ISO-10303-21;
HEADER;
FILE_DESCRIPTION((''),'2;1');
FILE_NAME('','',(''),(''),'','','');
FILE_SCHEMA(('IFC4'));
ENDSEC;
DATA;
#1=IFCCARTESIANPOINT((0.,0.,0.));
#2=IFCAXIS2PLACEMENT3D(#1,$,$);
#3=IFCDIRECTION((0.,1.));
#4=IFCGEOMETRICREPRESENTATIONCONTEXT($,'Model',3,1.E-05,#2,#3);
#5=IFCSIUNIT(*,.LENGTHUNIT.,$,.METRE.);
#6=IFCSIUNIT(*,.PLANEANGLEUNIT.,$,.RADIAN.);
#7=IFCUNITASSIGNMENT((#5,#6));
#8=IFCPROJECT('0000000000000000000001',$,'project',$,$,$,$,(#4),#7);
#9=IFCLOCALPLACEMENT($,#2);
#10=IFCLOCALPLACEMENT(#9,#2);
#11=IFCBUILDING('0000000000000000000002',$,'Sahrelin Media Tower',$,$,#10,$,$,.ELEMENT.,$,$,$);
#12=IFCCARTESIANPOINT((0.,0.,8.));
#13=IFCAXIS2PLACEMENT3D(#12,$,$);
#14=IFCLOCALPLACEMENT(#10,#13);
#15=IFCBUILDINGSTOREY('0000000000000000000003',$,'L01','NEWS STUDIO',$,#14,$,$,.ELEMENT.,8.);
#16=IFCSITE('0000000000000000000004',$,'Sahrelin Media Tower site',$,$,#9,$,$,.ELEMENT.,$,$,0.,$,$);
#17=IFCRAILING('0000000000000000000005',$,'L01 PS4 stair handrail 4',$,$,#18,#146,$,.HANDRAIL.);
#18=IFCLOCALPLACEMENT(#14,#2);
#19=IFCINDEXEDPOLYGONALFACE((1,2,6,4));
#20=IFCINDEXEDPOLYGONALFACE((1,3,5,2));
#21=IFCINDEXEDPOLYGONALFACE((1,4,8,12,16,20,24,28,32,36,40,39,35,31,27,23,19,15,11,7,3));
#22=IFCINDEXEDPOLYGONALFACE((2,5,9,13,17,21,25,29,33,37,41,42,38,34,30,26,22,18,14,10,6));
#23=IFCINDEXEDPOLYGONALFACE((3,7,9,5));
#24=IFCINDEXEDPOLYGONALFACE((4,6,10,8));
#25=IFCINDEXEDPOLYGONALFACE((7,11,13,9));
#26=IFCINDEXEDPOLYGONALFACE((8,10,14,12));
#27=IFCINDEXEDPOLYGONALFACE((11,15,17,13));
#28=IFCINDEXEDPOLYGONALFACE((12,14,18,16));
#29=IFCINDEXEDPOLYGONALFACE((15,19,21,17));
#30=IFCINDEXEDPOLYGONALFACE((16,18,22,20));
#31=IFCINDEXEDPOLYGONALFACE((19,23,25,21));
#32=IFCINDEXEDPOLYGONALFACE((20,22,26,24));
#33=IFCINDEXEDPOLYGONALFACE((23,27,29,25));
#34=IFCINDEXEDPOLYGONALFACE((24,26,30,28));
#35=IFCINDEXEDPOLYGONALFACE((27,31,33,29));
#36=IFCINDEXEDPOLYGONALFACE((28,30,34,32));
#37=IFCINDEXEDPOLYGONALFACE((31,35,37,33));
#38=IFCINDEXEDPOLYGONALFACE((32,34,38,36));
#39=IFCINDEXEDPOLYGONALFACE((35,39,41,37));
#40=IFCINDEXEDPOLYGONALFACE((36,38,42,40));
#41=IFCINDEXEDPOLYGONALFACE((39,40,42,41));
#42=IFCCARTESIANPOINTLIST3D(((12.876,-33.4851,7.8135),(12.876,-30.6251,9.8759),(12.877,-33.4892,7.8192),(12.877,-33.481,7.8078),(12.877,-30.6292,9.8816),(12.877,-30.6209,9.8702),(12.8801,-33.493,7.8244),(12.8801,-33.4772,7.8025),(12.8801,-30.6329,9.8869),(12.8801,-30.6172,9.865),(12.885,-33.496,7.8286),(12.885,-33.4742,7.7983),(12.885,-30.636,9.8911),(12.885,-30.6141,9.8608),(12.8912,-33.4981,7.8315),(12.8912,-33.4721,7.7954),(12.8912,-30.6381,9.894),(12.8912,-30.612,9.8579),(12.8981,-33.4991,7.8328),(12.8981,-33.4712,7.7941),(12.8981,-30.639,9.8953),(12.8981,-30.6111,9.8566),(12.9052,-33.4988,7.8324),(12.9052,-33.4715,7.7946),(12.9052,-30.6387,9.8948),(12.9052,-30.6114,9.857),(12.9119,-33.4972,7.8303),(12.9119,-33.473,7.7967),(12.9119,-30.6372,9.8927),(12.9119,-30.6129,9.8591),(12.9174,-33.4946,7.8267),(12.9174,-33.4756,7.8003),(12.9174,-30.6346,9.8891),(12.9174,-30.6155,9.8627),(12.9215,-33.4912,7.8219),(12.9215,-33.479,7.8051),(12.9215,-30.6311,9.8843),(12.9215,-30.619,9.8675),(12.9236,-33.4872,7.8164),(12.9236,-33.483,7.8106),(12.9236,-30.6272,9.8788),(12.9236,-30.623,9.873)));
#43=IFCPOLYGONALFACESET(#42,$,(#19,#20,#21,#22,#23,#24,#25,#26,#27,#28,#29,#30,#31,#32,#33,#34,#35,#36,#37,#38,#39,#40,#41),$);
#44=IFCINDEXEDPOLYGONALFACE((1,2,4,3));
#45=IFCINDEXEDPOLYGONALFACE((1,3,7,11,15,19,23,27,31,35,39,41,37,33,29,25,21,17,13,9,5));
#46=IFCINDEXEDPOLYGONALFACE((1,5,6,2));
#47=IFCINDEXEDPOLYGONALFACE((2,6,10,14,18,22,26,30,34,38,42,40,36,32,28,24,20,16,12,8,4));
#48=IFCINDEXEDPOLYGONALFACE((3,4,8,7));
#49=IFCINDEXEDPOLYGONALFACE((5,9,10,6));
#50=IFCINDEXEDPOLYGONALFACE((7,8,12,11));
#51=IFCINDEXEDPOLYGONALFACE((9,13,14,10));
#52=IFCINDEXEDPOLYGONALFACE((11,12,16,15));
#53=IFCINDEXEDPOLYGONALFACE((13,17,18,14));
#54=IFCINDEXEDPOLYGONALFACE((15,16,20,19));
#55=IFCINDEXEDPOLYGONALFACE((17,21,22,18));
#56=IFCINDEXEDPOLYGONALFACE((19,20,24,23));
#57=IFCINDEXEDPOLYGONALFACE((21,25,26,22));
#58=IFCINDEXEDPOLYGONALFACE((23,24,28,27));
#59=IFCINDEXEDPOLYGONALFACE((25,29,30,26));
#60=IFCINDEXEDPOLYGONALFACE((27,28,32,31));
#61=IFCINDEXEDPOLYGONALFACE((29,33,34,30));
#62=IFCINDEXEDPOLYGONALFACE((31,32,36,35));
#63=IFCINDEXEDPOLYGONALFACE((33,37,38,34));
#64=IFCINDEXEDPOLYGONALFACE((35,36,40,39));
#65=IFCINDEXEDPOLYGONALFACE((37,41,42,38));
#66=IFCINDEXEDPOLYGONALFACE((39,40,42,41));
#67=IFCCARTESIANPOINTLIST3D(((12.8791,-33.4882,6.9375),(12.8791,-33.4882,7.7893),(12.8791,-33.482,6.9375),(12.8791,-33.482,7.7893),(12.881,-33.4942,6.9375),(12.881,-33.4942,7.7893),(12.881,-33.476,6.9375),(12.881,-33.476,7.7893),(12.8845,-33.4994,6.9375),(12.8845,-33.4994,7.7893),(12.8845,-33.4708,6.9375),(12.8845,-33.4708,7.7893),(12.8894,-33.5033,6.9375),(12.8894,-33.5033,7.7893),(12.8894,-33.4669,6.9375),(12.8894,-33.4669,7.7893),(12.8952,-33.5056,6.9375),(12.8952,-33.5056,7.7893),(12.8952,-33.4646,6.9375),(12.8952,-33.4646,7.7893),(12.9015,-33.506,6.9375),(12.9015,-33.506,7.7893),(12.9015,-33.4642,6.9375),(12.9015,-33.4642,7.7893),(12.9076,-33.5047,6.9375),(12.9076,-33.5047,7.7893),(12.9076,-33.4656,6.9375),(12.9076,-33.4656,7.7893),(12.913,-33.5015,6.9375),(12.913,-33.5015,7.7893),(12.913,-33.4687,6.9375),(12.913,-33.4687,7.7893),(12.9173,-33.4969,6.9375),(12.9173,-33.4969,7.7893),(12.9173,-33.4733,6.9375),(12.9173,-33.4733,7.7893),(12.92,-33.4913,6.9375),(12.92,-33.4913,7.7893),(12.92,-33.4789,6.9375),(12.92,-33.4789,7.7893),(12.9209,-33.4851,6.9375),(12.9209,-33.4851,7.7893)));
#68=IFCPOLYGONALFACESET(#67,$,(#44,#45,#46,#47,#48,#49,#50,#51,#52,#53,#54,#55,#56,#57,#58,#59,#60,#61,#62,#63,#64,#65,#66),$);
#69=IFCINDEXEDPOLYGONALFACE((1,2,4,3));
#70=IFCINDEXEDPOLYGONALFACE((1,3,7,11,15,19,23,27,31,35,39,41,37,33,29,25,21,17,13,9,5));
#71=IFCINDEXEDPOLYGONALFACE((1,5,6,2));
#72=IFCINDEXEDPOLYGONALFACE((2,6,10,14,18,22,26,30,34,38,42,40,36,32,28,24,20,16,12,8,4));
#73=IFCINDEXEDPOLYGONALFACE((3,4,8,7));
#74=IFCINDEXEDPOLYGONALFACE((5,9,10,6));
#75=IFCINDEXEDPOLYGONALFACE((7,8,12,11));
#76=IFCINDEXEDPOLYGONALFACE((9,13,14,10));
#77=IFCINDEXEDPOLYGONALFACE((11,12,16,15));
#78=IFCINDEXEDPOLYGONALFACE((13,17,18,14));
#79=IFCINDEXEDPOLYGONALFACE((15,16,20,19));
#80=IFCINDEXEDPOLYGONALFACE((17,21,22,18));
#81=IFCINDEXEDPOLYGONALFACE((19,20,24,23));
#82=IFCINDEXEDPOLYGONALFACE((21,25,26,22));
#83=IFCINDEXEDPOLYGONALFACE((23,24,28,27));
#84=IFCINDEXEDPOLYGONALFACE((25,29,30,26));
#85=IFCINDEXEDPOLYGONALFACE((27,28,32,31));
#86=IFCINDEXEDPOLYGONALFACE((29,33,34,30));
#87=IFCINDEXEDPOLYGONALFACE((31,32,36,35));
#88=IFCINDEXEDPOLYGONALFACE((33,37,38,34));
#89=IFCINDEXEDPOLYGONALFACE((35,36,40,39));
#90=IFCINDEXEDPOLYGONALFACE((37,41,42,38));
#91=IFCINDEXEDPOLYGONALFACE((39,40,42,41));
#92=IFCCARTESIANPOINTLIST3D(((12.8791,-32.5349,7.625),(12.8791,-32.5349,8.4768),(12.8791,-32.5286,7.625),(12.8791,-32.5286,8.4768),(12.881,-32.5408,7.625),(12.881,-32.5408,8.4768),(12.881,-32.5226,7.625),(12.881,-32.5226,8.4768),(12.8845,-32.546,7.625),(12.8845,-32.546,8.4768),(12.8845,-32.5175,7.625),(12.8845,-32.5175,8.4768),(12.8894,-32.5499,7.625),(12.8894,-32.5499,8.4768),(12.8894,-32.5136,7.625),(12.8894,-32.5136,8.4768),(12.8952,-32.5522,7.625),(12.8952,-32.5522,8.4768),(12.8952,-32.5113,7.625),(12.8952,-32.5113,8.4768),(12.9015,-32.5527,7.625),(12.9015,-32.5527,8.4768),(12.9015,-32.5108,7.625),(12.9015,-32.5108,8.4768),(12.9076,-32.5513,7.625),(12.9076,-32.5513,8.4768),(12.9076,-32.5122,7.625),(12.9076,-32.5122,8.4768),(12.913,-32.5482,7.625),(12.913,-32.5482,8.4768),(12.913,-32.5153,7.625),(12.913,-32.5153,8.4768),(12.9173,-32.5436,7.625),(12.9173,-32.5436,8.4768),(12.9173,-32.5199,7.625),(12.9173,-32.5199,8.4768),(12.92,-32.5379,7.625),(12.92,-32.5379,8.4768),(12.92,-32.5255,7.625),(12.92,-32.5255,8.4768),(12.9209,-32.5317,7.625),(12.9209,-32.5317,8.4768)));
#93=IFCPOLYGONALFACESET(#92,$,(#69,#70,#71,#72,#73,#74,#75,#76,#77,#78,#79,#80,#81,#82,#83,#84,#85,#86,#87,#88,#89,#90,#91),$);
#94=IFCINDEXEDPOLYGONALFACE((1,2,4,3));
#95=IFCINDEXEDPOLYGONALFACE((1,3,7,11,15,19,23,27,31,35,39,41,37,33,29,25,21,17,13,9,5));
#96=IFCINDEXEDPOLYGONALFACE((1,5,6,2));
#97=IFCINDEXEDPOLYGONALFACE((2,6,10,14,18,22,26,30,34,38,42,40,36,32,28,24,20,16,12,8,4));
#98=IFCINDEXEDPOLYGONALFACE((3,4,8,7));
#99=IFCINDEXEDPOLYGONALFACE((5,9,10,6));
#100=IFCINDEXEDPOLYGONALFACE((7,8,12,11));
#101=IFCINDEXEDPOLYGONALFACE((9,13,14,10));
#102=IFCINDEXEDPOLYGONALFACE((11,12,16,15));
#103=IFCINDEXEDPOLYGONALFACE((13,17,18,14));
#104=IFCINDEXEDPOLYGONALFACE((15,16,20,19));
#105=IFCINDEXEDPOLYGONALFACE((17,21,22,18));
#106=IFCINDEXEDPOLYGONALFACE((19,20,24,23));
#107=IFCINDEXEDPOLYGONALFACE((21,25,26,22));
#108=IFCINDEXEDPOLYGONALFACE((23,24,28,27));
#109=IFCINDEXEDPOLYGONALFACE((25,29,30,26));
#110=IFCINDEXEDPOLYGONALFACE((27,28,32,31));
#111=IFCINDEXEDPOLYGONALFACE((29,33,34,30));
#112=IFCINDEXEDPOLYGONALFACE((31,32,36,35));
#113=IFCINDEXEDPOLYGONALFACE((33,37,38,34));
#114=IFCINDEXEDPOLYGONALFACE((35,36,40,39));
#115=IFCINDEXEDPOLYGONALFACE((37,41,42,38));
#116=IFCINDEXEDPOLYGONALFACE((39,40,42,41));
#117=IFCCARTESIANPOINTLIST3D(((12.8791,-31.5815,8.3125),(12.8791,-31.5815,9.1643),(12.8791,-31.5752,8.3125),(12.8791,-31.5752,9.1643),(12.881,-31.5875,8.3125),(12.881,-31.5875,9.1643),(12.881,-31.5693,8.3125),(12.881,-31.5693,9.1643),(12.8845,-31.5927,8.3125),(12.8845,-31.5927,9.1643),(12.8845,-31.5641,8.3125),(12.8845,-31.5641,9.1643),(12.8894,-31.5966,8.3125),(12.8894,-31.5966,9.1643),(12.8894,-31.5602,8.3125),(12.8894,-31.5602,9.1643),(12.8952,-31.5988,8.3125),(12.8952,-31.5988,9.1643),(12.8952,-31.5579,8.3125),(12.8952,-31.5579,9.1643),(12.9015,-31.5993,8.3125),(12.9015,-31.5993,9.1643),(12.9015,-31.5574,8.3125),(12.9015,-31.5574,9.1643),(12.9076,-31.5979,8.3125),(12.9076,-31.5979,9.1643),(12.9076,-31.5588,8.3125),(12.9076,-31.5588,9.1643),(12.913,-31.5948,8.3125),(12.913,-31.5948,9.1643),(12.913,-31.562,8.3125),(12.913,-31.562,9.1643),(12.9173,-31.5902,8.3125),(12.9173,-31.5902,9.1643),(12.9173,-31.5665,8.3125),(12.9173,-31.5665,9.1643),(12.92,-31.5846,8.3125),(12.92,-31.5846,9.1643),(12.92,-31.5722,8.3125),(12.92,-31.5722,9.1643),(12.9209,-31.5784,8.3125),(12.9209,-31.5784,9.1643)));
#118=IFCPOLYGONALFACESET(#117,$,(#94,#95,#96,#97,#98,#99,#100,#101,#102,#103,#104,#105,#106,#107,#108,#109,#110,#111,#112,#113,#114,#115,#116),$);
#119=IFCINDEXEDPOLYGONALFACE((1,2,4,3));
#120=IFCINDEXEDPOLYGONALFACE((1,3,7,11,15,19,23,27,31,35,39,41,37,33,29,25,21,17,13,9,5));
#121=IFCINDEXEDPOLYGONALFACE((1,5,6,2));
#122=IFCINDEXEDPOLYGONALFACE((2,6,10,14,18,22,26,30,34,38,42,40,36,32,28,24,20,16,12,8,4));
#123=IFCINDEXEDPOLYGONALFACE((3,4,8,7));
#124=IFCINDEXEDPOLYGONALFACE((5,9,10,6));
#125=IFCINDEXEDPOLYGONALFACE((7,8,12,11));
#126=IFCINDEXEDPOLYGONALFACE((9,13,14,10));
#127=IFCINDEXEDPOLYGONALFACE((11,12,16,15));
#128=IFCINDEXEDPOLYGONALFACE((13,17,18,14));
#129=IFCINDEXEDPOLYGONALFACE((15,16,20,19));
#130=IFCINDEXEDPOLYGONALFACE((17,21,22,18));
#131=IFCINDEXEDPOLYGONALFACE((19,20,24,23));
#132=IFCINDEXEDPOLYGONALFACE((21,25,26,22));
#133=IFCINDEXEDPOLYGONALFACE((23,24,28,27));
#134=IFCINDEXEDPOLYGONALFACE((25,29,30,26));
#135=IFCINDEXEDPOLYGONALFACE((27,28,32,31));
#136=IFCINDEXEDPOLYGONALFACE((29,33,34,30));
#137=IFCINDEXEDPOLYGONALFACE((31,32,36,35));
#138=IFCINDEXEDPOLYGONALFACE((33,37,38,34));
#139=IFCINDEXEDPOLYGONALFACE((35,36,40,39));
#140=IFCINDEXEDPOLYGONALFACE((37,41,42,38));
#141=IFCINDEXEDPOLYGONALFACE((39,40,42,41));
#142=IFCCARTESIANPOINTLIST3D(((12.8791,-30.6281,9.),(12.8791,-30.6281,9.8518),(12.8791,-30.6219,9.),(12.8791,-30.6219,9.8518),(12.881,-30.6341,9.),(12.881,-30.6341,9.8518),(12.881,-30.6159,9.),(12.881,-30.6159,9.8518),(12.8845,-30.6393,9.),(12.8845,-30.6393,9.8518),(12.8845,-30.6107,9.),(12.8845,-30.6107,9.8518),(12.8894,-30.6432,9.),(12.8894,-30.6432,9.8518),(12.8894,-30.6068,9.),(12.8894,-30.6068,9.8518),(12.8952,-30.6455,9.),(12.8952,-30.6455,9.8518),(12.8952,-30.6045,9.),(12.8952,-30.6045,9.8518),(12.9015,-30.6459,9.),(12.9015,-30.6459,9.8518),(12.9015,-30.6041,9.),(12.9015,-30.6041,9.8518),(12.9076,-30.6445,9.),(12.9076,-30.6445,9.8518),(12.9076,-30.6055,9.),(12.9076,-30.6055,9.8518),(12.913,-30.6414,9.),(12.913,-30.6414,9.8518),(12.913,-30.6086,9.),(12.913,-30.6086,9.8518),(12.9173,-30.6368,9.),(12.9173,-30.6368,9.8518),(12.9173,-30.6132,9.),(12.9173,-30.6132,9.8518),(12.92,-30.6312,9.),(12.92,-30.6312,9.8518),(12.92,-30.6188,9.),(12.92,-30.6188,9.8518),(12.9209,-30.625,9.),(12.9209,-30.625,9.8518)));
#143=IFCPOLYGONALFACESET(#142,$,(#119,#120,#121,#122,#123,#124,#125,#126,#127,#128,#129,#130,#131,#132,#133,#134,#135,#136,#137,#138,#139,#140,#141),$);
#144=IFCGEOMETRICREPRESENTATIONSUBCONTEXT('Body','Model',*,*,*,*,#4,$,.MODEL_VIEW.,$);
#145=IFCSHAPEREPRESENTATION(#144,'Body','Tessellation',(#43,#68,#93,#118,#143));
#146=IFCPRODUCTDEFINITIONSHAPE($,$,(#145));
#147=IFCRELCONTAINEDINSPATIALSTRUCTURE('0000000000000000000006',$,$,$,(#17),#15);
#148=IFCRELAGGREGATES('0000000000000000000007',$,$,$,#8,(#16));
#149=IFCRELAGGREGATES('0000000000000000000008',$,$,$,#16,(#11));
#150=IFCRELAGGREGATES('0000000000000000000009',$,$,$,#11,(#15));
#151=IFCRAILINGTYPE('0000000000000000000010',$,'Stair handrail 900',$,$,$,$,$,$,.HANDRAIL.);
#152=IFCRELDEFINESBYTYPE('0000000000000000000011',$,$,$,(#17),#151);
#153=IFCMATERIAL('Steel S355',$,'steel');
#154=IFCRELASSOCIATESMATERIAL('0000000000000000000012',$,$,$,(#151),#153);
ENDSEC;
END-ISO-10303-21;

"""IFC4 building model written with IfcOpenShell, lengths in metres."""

from ifc_helpers import new_model, si_unit, direction, frame, origin, origin_2d, place, context, subcontext, project, spatial, circle, extrude, material, type_object, element, save


model = new_model("IFC4")

# Units and contexts
model_context = context("Model", 3, precision=1e-05, world=origin(), true_north=direction((0.0, 1.0)))
body_context = subcontext(model_context, "Body", "Model", "MODEL_VIEW")
ifc_project = project(units=[si_unit("LENGTHUNIT", "METRE"), si_unit("PLANEANGLEUNIT", "RADIAN")], contexts=[model_context])

# Site, building, storey
site_placement = place(None, origin())
site = spatial("IfcSite", under=ifc_project, at=site_placement, Name="Sahrelin Media Tower site", CompositionType="ELEMENT", RefElevation=0.0)
building_placement = place(site_placement, origin())
building = spatial("IfcBuilding", under=site, at=building_placement, Name="Sahrelin Media Tower", CompositionType="ELEMENT")
storey_placement = place(building_placement, frame((0.0, 0.0, 8.0)))
storey = spatial("IfcBuildingStorey", under=building, at=storey_placement, Name="L01", Description="NEWS STUDIO", CompositionType="ELEMENT", Elevation=8.0)

# Shared definitions
ifc_material_1 = material(Name="Steel S355", Category="steel")

# Railing
railing_type = type_object("IfcRailingType", Name="Stair handrail 900", PredefinedType="HANDRAIL", material=ifc_material_1)
for number, where, name in (
    (1, (12.8999, -33.4851, 6.9375), "L01 PS4 stair handrail 4"),
):
    element("IfcRailing", number, at=place(storey_placement, frame(where)), inside=storey, type_object=railing_type, Name=name, PredefinedType="HANDRAIL", context=body_context, shape_type="SweptSolid", body=[
        extrude(circle(Radius=0.0239, at=origin_2d()), frame((0.0, 0.0, 0.876), z_axis=(0.0, 0.811101, 0.584906), x_axis=(-1.0, 0.0, 0.0)), (0.0, 0.0, 1.0), 3.5261),
        extrude(circle(Radius=0.021, at=origin_2d()), origin(), (0.0, 0.0, 1.0), 0.8518),
        extrude(circle(Radius=0.021, at=origin_2d()), frame((0.0, 0.9534, 0.6875)), (0.0, 0.0, 1.0), 0.8518),
        extrude(circle(Radius=0.021, at=origin_2d()), frame((0.0, 1.9067, 1.375)), (0.0, 0.0, 1.0), 0.8518),
        extrude(circle(Radius=0.021, at=origin_2d()), frame((0.0, 2.8601, 2.0625)), (0.0, 0.0, 1.0), 0.8518),
    ])

save(model, "model.ifc")
